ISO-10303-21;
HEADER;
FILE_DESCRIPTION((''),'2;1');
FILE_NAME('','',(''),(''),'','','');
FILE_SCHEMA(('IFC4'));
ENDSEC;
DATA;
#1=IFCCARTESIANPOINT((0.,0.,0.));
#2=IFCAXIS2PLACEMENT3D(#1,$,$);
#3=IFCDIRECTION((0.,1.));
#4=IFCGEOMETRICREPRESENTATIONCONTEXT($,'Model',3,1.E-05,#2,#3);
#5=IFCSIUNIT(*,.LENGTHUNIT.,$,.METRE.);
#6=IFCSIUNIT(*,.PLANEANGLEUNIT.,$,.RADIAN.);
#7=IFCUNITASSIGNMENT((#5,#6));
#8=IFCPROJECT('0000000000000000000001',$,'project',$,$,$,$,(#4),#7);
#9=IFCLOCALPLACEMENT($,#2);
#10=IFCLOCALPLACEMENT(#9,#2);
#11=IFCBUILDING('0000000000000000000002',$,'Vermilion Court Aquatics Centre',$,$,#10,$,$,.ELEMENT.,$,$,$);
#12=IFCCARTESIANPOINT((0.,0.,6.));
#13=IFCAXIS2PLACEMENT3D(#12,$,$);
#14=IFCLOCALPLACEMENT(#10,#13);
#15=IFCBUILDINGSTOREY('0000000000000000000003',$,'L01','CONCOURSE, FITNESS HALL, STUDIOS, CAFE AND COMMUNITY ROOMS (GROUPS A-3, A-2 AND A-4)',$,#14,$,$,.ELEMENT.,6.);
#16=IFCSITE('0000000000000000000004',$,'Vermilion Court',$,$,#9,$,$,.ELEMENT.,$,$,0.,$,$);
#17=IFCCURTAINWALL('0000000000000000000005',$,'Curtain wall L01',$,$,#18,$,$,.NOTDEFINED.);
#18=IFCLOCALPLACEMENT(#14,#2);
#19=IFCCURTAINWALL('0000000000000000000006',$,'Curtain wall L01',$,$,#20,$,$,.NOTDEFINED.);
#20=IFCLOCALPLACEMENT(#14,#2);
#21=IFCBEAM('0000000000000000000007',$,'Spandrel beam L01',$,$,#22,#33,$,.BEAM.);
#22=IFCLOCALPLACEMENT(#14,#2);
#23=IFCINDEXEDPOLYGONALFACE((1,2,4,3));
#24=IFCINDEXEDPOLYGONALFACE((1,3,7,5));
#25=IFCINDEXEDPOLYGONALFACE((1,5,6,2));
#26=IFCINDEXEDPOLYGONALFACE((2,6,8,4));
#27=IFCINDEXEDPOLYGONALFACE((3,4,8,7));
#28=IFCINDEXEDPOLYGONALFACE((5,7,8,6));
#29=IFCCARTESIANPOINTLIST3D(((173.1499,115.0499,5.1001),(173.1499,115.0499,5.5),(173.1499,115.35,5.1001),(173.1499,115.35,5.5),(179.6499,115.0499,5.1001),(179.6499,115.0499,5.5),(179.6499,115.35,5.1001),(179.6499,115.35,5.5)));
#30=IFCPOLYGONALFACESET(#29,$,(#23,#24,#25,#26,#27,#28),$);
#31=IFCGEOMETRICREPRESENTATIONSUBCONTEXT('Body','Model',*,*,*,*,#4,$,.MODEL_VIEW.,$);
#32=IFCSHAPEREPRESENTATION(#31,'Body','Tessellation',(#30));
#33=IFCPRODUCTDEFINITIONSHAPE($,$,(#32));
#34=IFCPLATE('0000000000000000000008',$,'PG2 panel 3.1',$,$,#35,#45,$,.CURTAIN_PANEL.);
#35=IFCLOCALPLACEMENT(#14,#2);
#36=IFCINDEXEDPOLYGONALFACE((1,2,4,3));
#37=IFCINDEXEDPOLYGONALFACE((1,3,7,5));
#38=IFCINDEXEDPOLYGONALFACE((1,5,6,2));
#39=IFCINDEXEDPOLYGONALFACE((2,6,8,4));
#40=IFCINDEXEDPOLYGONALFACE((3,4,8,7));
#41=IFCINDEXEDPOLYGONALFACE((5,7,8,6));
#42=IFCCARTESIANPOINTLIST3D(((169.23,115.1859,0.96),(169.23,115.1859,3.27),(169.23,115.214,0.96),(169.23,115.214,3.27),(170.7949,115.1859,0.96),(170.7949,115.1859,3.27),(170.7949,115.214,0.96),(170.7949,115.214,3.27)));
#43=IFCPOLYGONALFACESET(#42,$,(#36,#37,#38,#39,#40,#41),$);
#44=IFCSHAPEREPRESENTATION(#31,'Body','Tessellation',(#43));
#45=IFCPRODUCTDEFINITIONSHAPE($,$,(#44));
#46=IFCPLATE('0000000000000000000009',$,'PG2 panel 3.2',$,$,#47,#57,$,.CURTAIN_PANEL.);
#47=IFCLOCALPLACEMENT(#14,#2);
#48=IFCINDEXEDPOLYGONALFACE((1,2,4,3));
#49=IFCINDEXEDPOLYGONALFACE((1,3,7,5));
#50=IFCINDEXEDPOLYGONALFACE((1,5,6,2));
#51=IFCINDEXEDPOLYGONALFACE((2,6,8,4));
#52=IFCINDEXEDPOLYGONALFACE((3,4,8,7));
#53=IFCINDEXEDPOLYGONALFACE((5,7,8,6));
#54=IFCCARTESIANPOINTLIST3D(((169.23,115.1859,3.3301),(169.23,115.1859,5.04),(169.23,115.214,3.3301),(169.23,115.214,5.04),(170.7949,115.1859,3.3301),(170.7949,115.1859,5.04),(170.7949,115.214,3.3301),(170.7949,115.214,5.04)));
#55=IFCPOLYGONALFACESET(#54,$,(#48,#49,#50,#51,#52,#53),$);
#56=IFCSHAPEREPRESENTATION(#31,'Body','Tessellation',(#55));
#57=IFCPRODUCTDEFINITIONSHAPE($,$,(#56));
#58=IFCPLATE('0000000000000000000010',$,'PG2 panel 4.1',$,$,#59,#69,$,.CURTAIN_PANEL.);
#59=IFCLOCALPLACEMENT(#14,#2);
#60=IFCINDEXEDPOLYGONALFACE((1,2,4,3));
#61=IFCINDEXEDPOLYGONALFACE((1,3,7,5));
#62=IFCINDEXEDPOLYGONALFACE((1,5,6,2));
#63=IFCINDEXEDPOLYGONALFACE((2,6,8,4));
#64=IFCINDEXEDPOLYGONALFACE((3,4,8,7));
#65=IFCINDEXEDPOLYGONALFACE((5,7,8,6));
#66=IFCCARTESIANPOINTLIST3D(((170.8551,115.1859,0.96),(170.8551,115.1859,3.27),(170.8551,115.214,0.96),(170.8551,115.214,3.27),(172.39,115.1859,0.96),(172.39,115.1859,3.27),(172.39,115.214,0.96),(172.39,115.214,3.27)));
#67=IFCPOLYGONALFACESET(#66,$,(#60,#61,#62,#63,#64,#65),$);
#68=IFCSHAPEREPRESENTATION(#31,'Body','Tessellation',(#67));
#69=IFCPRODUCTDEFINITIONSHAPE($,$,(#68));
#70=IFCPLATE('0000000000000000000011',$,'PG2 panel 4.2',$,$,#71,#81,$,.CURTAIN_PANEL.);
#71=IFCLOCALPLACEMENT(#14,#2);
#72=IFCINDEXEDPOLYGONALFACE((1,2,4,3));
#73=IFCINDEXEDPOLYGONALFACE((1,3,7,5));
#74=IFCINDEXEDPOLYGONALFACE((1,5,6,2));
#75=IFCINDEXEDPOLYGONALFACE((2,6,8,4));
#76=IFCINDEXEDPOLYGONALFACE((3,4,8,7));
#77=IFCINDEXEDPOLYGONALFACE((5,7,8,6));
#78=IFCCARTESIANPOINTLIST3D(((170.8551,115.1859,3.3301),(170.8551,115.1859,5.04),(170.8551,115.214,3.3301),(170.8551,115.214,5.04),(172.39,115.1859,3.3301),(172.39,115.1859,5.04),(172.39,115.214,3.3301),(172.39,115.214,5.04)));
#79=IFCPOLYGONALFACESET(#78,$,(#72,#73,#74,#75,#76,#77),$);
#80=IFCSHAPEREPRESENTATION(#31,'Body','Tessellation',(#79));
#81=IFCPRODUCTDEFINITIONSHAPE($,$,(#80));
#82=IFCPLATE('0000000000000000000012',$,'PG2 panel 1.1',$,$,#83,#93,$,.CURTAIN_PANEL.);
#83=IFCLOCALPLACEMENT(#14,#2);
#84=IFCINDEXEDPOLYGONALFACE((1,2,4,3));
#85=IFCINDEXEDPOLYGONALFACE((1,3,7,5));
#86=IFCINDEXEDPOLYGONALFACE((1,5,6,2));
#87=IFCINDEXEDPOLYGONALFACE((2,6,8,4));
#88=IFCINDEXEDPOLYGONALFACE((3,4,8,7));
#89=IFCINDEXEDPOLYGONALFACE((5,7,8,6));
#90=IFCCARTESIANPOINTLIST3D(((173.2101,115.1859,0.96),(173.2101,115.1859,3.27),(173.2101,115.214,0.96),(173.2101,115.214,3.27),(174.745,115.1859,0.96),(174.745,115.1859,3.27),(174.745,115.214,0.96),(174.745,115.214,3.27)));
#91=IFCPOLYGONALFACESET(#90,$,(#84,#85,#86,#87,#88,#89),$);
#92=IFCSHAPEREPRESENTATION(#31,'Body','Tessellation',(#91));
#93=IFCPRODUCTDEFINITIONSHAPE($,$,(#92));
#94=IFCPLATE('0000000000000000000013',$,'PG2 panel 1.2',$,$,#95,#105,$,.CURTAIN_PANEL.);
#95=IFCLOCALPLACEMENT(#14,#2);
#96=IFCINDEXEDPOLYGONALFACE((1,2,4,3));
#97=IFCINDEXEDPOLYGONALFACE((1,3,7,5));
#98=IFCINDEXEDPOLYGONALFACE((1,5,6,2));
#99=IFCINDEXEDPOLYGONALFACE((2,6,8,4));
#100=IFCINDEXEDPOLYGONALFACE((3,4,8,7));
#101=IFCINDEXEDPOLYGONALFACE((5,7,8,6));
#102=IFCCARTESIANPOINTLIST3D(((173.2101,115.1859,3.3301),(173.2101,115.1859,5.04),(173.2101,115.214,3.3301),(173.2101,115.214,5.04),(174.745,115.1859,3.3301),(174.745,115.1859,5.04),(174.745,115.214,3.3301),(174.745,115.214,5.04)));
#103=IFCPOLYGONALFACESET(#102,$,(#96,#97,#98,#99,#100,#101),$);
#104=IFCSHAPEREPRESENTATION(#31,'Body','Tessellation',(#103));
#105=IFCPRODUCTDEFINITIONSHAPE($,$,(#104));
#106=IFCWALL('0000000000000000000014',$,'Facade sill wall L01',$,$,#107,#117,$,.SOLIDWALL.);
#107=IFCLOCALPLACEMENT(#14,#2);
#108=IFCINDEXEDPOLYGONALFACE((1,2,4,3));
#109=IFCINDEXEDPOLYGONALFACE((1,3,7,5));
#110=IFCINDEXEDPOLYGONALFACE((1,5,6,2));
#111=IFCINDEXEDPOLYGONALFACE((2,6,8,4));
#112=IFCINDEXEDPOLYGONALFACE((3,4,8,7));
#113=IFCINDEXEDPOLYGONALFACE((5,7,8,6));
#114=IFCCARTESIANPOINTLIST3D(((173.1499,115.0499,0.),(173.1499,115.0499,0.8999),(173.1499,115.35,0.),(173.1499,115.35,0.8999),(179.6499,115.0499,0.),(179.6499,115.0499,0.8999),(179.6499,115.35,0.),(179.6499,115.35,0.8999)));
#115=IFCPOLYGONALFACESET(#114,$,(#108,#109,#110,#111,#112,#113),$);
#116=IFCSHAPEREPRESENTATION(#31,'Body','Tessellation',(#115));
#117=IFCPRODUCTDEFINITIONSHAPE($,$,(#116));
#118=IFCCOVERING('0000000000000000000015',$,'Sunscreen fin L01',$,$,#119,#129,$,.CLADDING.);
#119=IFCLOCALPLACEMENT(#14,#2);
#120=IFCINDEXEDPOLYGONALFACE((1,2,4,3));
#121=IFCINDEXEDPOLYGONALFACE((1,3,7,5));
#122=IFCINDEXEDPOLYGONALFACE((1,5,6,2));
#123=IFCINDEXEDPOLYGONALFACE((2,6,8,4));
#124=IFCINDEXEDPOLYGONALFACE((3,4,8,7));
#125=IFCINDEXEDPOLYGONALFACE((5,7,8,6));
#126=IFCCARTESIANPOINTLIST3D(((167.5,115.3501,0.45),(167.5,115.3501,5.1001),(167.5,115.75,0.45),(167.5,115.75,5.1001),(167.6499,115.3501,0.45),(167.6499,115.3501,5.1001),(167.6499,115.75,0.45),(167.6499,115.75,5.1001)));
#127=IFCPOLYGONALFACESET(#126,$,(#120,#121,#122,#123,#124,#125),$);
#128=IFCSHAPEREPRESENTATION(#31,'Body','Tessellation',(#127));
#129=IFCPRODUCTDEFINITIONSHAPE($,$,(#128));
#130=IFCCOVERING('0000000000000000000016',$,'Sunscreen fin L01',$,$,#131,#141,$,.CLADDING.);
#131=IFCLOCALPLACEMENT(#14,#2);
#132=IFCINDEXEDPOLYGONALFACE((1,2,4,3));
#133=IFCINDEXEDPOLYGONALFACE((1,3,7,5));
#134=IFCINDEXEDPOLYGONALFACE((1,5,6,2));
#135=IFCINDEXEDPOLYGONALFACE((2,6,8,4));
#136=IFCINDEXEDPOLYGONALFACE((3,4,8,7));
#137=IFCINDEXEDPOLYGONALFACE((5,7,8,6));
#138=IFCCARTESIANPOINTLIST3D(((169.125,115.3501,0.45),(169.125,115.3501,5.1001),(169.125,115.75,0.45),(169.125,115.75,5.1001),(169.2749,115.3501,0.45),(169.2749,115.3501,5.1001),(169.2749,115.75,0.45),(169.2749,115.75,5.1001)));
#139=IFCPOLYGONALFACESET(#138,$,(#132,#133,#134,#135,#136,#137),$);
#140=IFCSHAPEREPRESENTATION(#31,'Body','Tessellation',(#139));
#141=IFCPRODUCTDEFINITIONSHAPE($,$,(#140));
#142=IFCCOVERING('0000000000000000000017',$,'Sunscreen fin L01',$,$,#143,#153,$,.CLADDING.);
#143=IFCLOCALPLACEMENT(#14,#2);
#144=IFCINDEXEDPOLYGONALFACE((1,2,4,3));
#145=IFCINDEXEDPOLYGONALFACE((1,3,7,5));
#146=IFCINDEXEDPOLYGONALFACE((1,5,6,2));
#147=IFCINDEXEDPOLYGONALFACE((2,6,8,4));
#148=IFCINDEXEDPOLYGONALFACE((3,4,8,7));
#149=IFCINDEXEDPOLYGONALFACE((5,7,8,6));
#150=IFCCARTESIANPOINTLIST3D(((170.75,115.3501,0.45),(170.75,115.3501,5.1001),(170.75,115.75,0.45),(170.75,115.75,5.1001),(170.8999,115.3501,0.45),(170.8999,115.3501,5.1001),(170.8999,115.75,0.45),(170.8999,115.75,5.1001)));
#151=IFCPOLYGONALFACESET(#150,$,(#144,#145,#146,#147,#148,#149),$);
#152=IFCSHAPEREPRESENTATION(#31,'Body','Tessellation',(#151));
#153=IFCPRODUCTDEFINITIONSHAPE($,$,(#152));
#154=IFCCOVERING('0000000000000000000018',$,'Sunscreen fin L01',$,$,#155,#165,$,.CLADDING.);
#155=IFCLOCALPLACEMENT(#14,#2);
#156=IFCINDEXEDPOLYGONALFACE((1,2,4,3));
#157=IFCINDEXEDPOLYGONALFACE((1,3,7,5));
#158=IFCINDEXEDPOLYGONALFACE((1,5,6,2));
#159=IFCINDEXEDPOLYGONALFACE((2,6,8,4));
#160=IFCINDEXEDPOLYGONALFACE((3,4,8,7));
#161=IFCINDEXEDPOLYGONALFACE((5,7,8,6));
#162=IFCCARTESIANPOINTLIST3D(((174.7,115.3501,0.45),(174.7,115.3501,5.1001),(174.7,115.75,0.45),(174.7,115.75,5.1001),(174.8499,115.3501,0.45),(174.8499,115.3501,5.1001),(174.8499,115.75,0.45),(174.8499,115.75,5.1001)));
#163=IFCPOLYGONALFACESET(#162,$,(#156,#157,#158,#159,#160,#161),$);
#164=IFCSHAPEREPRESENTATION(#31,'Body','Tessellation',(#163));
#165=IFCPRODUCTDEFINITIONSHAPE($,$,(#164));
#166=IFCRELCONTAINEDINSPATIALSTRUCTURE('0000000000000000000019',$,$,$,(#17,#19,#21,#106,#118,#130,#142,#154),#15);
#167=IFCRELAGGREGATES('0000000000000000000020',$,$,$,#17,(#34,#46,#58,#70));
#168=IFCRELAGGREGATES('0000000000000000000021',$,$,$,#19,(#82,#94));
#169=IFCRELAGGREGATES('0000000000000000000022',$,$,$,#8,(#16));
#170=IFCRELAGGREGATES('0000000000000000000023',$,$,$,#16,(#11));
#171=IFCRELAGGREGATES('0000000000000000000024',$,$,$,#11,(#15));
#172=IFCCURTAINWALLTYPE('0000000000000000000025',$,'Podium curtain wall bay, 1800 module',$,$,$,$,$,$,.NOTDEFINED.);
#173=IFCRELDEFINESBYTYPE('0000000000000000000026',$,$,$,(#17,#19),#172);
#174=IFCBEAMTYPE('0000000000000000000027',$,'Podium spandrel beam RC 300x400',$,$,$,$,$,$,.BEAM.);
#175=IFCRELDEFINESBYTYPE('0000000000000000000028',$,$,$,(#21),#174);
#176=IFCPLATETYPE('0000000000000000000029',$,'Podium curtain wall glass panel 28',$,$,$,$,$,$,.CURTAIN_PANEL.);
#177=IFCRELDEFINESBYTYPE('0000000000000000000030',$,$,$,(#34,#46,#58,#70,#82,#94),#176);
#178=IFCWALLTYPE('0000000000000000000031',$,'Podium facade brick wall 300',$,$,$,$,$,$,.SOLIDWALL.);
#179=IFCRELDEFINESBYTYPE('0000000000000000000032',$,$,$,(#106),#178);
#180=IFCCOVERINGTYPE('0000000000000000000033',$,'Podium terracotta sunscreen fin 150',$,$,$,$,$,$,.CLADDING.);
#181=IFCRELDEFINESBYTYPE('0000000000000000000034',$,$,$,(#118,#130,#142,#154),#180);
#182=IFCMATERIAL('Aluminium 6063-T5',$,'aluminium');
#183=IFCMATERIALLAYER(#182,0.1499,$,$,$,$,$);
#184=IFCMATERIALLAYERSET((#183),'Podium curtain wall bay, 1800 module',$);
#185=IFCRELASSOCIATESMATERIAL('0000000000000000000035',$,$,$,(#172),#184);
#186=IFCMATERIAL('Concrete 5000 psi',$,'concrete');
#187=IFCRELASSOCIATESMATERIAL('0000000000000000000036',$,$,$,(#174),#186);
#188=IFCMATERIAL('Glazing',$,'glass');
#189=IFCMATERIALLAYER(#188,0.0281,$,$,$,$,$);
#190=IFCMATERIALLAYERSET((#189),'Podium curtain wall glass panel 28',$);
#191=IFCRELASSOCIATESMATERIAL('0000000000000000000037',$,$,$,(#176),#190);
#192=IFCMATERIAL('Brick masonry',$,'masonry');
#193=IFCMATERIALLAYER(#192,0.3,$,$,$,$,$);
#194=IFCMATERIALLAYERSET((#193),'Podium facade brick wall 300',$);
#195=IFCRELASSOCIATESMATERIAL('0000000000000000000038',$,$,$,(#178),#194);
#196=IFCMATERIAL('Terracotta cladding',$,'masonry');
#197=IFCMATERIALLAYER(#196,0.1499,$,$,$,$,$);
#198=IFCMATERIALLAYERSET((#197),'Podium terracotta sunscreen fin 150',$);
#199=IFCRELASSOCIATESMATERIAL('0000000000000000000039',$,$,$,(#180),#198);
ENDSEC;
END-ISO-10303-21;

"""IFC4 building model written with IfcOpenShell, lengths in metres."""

from ifc_helpers import new_model, si_unit, direction, frame, frame_2d, origin, origin_2d, place, context, subcontext, project, spatial, rectangle, extrude, material, layer, layer_set, material_profile, profile_set, type_object, element, aggregate, save


model = new_model("IFC4")

# Units and contexts
model_context = context("Model", 3, precision=1e-05, world=origin(), true_north=direction((0.0, 1.0)))
body_context = subcontext(model_context, "Body", "Model", "MODEL_VIEW")
ifc_project = project(units=[si_unit("LENGTHUNIT", "METRE"), si_unit("PLANEANGLEUNIT", "RADIAN")], contexts=[model_context])

# Site, building, storey
site_placement = place(None, origin())
site = spatial("IfcSite", under=ifc_project, at=site_placement, Name="Vermilion Court", CompositionType="ELEMENT", RefElevation=0.0)
building_placement = place(site_placement, origin())
building = spatial("IfcBuilding", under=site, at=building_placement, Name="Vermilion Court Aquatics Centre", CompositionType="ELEMENT")
storey_placement = place(building_placement, frame((0.0, 0.0, 6.0)))
storey = spatial("IfcBuildingStorey", under=building, at=storey_placement, Name="L01", Description="CONCOURSE, FITNESS HALL, STUDIOS, CAFE AND COMMUNITY ROOMS (GROUPS A-3, A-2 AND A-4)", CompositionType="ELEMENT", Elevation=6.0)

# Curtain walls
ifc_material_1 = material(Name="Aluminium 6063-T5", Category="aluminium")
ifc_layer_1 = layer(ifc_material_1, 0.1499)
ifc_layer_set_1 = layer_set([ifc_layer_1], Name="Podium curtain wall bay, 1800 module")
curtain_wall_type = type_object("IfcCurtainWallType", Name="Podium curtain wall bay, 1800 module", PredefinedType="NOTDEFINED", material=ifc_layer_set_1)
curtain_wall_1_placement = place(storey_placement, origin())
curtain_wall_1 = element("IfcCurtainWall", 1, at=curtain_wall_1_placement, inside=storey, type_object=curtain_wall_type, Name="Curtain wall L01", PredefinedType="NOTDEFINED")
curtain_wall_2_placement = place(storey_placement, origin())
curtain_wall_2 = element("IfcCurtainWall", 2, at=curtain_wall_2_placement, inside=storey, type_object=curtain_wall_type, Name="Curtain wall L01", PredefinedType="NOTDEFINED")

# Beam
ifc_material_2 = material(Name="Concrete 5000 psi", Category="concrete")
ifc_material_profile_1 = material_profile(ifc_material_2, rectangle(XDim=0.3, YDim=0.3999, at=origin_2d()), Name="RC 300x400")
ifc_profile_set_1 = profile_set([ifc_material_profile_1], Name="Concrete 5000 psi")
beam_type = type_object("IfcBeamType", Name="Podium spandrel beam RC 300x400", PredefinedType="BEAM", material=ifc_profile_set_1)
beam_placement = place(storey_placement, frame((173.1499, 115.2, 5.3), z_axis=(1.0, 0.0, 0.0), x_axis=(0.0, 1.0, 0.0)))
element("IfcBeam", 3, at=beam_placement, inside=storey, type_object=beam_type, Name="Spandrel beam L01", PredefinedType="BEAM", context=body_context, shape_type="SweptSolid", body=[
    extrude(rectangle(XDim=0.3, YDim=0.3999, at=origin_2d()), origin(), (0.0, 0.0, 1.0), 6.5),
])

# Plates
ifc_material_3 = material(Name="Glazing", Category="glass")
ifc_layer_2 = layer(ifc_material_3, 0.0281)
ifc_layer_set_2 = layer_set([ifc_layer_2], Name="Podium curtain wall glass panel 28")
plate_type = type_object("IfcPlateType", Name="Podium curtain wall glass panel 28", PredefinedType="CURTAIN_PANEL", material=ifc_layer_set_2)
plate_1_placement = place(storey_placement, frame((170.0125, 115.2, 0.96), z_axis=(0.0, 0.0, 1.0), x_axis=(1.0, 0.0, 0.0)))
plate_1 = element("IfcPlate", 4, at=plate_1_placement, type_object=plate_type, Name="PG2 panel 3.1", PredefinedType="CURTAIN_PANEL", context=body_context, shape_type="SweptSolid", body=[
    extrude(rectangle(XDim=1.5649, YDim=0.0281, at=origin_2d()), origin(), (0.0, 0.0, 1.0), 2.3101),
])
plate_2_placement = place(storey_placement, frame((170.0125, 115.2, 3.3301), z_axis=(0.0, 0.0, 1.0), x_axis=(1.0, 0.0, 0.0)))
plate_2 = element("IfcPlate", 5, at=plate_2_placement, type_object=plate_type, Name="PG2 panel 3.2", PredefinedType="CURTAIN_PANEL", context=body_context, shape_type="SweptSolid", body=[
    extrude(rectangle(XDim=1.5649, YDim=0.0281, at=origin_2d()), origin(), (0.0, 0.0, 1.0), 1.71),
])
plate_3_placement = place(storey_placement, frame((171.6226, 115.2, 0.96), z_axis=(0.0, 0.0, 1.0), x_axis=(1.0, 0.0, 0.0)))
plate_3 = element("IfcPlate", 6, at=plate_3_placement, type_object=plate_type, Name="PG2 panel 4.1", PredefinedType="CURTAIN_PANEL", context=body_context, shape_type="SweptSolid", body=[
    extrude(rectangle(XDim=1.5349, YDim=0.0281, at=origin_2d()), origin(), (0.0, 0.0, 1.0), 2.3101),
])
plate_4_placement = place(storey_placement, frame((171.6226, 115.2, 3.3301), z_axis=(0.0, 0.0, 1.0), x_axis=(1.0, 0.0, 0.0)))
plate_4 = element("IfcPlate", 7, at=plate_4_placement, type_object=plate_type, Name="PG2 panel 4.2", PredefinedType="CURTAIN_PANEL", context=body_context, shape_type="SweptSolid", body=[
    extrude(rectangle(XDim=1.5349, YDim=0.0281, at=origin_2d()), origin(), (0.0, 0.0, 1.0), 1.71),
])
aggregate(curtain_wall_1, [plate_1, plate_2, plate_3, plate_4])
plate_5_placement = place(storey_placement, frame((173.9775, 115.2, 0.96), z_axis=(0.0, 0.0, 1.0), x_axis=(1.0, 0.0, 0.0)))
plate_5 = element("IfcPlate", 8, at=plate_5_placement, type_object=plate_type, Name="PG2 panel 1.1", PredefinedType="CURTAIN_PANEL", context=body_context, shape_type="SweptSolid", body=[
    extrude(rectangle(XDim=1.5349, YDim=0.0281, at=origin_2d()), origin(), (0.0, 0.0, 1.0), 2.3101),
])
plate_6_placement = place(storey_placement, frame((173.9775, 115.2, 3.3301), z_axis=(0.0, 0.0, 1.0), x_axis=(1.0, 0.0, 0.0)))
plate_6 = element("IfcPlate", 9, at=plate_6_placement, type_object=plate_type, Name="PG2 panel 1.2", PredefinedType="CURTAIN_PANEL", context=body_context, shape_type="SweptSolid", body=[
    extrude(rectangle(XDim=1.5349, YDim=0.0281, at=origin_2d()), origin(), (0.0, 0.0, 1.0), 1.71),
])
aggregate(curtain_wall_2, [plate_5, plate_6])

# Wall
ifc_material_4 = material(Name="Brick masonry", Category="masonry")
ifc_layer_3 = layer(ifc_material_4, 0.3)
ifc_layer_set_3 = layer_set([ifc_layer_3], Name="Podium facade brick wall 300")
wall_type = type_object("IfcWallType", Name="Podium facade brick wall 300", PredefinedType="SOLIDWALL", material=ifc_layer_set_3)
wall_placement = place(storey_placement, frame((173.1499, 115.2, 0.0), z_axis=(0.0, 0.0, 1.0), x_axis=(1.0, 0.0, 0.0)))
element("IfcWall", 10, at=wall_placement, inside=storey, type_object=wall_type, Name="Facade sill wall L01", PredefinedType="SOLIDWALL", context=body_context, shape_type="SweptSolid", body=[
    extrude(rectangle(XDim=6.5, YDim=0.3, at=frame_2d((3.25, 0.0))), origin(), (0.0, 0.0, 1.0), 0.8999),
])

# Coverings
ifc_material_5 = material(Name="Terracotta cladding", Category="masonry")
ifc_layer_4 = layer(ifc_material_5, 0.1499)
ifc_layer_set_4 = layer_set([ifc_layer_4], Name="Podium terracotta sunscreen fin 150")
covering_type = type_object("IfcCoveringType", Name="Podium terracotta sunscreen fin 150", PredefinedType="CLADDING", material=ifc_layer_set_4)
for number, where, z_axis, x_axis, name in (
    (11, (167.575, 115.3501, 0.45), (0.0, 0.0, 1.0), (0.0, 1.0, 0.0), "Sunscreen fin L01"),
    (12, (169.2, 115.3501, 0.45), (0.0, 0.0, 1.0), (0.0, 1.0, 0.0), "Sunscreen fin L01"),
    (13, (170.825, 115.3501, 0.45), (0.0, 0.0, 1.0), (0.0, 1.0, 0.0), "Sunscreen fin L01"),
    (14, (174.7749, 115.3501, 0.45), (0.0, 0.0, 1.0), (0.0, 1.0, 0.0), "Sunscreen fin L01"),
):
    element("IfcCovering", number, at=place(storey_placement, frame(where, z_axis=z_axis, x_axis=x_axis)), inside=storey, type_object=covering_type, Name=name, PredefinedType="CLADDING", context=body_context, shape_type="SweptSolid", body=[
        extrude(rectangle(XDim=0.3999, YDim=0.1499, at=frame_2d((0.2, 0.0))), origin(), (0.0, 0.0, 1.0), 4.6501),
    ])

save(model, "model.ifc")
